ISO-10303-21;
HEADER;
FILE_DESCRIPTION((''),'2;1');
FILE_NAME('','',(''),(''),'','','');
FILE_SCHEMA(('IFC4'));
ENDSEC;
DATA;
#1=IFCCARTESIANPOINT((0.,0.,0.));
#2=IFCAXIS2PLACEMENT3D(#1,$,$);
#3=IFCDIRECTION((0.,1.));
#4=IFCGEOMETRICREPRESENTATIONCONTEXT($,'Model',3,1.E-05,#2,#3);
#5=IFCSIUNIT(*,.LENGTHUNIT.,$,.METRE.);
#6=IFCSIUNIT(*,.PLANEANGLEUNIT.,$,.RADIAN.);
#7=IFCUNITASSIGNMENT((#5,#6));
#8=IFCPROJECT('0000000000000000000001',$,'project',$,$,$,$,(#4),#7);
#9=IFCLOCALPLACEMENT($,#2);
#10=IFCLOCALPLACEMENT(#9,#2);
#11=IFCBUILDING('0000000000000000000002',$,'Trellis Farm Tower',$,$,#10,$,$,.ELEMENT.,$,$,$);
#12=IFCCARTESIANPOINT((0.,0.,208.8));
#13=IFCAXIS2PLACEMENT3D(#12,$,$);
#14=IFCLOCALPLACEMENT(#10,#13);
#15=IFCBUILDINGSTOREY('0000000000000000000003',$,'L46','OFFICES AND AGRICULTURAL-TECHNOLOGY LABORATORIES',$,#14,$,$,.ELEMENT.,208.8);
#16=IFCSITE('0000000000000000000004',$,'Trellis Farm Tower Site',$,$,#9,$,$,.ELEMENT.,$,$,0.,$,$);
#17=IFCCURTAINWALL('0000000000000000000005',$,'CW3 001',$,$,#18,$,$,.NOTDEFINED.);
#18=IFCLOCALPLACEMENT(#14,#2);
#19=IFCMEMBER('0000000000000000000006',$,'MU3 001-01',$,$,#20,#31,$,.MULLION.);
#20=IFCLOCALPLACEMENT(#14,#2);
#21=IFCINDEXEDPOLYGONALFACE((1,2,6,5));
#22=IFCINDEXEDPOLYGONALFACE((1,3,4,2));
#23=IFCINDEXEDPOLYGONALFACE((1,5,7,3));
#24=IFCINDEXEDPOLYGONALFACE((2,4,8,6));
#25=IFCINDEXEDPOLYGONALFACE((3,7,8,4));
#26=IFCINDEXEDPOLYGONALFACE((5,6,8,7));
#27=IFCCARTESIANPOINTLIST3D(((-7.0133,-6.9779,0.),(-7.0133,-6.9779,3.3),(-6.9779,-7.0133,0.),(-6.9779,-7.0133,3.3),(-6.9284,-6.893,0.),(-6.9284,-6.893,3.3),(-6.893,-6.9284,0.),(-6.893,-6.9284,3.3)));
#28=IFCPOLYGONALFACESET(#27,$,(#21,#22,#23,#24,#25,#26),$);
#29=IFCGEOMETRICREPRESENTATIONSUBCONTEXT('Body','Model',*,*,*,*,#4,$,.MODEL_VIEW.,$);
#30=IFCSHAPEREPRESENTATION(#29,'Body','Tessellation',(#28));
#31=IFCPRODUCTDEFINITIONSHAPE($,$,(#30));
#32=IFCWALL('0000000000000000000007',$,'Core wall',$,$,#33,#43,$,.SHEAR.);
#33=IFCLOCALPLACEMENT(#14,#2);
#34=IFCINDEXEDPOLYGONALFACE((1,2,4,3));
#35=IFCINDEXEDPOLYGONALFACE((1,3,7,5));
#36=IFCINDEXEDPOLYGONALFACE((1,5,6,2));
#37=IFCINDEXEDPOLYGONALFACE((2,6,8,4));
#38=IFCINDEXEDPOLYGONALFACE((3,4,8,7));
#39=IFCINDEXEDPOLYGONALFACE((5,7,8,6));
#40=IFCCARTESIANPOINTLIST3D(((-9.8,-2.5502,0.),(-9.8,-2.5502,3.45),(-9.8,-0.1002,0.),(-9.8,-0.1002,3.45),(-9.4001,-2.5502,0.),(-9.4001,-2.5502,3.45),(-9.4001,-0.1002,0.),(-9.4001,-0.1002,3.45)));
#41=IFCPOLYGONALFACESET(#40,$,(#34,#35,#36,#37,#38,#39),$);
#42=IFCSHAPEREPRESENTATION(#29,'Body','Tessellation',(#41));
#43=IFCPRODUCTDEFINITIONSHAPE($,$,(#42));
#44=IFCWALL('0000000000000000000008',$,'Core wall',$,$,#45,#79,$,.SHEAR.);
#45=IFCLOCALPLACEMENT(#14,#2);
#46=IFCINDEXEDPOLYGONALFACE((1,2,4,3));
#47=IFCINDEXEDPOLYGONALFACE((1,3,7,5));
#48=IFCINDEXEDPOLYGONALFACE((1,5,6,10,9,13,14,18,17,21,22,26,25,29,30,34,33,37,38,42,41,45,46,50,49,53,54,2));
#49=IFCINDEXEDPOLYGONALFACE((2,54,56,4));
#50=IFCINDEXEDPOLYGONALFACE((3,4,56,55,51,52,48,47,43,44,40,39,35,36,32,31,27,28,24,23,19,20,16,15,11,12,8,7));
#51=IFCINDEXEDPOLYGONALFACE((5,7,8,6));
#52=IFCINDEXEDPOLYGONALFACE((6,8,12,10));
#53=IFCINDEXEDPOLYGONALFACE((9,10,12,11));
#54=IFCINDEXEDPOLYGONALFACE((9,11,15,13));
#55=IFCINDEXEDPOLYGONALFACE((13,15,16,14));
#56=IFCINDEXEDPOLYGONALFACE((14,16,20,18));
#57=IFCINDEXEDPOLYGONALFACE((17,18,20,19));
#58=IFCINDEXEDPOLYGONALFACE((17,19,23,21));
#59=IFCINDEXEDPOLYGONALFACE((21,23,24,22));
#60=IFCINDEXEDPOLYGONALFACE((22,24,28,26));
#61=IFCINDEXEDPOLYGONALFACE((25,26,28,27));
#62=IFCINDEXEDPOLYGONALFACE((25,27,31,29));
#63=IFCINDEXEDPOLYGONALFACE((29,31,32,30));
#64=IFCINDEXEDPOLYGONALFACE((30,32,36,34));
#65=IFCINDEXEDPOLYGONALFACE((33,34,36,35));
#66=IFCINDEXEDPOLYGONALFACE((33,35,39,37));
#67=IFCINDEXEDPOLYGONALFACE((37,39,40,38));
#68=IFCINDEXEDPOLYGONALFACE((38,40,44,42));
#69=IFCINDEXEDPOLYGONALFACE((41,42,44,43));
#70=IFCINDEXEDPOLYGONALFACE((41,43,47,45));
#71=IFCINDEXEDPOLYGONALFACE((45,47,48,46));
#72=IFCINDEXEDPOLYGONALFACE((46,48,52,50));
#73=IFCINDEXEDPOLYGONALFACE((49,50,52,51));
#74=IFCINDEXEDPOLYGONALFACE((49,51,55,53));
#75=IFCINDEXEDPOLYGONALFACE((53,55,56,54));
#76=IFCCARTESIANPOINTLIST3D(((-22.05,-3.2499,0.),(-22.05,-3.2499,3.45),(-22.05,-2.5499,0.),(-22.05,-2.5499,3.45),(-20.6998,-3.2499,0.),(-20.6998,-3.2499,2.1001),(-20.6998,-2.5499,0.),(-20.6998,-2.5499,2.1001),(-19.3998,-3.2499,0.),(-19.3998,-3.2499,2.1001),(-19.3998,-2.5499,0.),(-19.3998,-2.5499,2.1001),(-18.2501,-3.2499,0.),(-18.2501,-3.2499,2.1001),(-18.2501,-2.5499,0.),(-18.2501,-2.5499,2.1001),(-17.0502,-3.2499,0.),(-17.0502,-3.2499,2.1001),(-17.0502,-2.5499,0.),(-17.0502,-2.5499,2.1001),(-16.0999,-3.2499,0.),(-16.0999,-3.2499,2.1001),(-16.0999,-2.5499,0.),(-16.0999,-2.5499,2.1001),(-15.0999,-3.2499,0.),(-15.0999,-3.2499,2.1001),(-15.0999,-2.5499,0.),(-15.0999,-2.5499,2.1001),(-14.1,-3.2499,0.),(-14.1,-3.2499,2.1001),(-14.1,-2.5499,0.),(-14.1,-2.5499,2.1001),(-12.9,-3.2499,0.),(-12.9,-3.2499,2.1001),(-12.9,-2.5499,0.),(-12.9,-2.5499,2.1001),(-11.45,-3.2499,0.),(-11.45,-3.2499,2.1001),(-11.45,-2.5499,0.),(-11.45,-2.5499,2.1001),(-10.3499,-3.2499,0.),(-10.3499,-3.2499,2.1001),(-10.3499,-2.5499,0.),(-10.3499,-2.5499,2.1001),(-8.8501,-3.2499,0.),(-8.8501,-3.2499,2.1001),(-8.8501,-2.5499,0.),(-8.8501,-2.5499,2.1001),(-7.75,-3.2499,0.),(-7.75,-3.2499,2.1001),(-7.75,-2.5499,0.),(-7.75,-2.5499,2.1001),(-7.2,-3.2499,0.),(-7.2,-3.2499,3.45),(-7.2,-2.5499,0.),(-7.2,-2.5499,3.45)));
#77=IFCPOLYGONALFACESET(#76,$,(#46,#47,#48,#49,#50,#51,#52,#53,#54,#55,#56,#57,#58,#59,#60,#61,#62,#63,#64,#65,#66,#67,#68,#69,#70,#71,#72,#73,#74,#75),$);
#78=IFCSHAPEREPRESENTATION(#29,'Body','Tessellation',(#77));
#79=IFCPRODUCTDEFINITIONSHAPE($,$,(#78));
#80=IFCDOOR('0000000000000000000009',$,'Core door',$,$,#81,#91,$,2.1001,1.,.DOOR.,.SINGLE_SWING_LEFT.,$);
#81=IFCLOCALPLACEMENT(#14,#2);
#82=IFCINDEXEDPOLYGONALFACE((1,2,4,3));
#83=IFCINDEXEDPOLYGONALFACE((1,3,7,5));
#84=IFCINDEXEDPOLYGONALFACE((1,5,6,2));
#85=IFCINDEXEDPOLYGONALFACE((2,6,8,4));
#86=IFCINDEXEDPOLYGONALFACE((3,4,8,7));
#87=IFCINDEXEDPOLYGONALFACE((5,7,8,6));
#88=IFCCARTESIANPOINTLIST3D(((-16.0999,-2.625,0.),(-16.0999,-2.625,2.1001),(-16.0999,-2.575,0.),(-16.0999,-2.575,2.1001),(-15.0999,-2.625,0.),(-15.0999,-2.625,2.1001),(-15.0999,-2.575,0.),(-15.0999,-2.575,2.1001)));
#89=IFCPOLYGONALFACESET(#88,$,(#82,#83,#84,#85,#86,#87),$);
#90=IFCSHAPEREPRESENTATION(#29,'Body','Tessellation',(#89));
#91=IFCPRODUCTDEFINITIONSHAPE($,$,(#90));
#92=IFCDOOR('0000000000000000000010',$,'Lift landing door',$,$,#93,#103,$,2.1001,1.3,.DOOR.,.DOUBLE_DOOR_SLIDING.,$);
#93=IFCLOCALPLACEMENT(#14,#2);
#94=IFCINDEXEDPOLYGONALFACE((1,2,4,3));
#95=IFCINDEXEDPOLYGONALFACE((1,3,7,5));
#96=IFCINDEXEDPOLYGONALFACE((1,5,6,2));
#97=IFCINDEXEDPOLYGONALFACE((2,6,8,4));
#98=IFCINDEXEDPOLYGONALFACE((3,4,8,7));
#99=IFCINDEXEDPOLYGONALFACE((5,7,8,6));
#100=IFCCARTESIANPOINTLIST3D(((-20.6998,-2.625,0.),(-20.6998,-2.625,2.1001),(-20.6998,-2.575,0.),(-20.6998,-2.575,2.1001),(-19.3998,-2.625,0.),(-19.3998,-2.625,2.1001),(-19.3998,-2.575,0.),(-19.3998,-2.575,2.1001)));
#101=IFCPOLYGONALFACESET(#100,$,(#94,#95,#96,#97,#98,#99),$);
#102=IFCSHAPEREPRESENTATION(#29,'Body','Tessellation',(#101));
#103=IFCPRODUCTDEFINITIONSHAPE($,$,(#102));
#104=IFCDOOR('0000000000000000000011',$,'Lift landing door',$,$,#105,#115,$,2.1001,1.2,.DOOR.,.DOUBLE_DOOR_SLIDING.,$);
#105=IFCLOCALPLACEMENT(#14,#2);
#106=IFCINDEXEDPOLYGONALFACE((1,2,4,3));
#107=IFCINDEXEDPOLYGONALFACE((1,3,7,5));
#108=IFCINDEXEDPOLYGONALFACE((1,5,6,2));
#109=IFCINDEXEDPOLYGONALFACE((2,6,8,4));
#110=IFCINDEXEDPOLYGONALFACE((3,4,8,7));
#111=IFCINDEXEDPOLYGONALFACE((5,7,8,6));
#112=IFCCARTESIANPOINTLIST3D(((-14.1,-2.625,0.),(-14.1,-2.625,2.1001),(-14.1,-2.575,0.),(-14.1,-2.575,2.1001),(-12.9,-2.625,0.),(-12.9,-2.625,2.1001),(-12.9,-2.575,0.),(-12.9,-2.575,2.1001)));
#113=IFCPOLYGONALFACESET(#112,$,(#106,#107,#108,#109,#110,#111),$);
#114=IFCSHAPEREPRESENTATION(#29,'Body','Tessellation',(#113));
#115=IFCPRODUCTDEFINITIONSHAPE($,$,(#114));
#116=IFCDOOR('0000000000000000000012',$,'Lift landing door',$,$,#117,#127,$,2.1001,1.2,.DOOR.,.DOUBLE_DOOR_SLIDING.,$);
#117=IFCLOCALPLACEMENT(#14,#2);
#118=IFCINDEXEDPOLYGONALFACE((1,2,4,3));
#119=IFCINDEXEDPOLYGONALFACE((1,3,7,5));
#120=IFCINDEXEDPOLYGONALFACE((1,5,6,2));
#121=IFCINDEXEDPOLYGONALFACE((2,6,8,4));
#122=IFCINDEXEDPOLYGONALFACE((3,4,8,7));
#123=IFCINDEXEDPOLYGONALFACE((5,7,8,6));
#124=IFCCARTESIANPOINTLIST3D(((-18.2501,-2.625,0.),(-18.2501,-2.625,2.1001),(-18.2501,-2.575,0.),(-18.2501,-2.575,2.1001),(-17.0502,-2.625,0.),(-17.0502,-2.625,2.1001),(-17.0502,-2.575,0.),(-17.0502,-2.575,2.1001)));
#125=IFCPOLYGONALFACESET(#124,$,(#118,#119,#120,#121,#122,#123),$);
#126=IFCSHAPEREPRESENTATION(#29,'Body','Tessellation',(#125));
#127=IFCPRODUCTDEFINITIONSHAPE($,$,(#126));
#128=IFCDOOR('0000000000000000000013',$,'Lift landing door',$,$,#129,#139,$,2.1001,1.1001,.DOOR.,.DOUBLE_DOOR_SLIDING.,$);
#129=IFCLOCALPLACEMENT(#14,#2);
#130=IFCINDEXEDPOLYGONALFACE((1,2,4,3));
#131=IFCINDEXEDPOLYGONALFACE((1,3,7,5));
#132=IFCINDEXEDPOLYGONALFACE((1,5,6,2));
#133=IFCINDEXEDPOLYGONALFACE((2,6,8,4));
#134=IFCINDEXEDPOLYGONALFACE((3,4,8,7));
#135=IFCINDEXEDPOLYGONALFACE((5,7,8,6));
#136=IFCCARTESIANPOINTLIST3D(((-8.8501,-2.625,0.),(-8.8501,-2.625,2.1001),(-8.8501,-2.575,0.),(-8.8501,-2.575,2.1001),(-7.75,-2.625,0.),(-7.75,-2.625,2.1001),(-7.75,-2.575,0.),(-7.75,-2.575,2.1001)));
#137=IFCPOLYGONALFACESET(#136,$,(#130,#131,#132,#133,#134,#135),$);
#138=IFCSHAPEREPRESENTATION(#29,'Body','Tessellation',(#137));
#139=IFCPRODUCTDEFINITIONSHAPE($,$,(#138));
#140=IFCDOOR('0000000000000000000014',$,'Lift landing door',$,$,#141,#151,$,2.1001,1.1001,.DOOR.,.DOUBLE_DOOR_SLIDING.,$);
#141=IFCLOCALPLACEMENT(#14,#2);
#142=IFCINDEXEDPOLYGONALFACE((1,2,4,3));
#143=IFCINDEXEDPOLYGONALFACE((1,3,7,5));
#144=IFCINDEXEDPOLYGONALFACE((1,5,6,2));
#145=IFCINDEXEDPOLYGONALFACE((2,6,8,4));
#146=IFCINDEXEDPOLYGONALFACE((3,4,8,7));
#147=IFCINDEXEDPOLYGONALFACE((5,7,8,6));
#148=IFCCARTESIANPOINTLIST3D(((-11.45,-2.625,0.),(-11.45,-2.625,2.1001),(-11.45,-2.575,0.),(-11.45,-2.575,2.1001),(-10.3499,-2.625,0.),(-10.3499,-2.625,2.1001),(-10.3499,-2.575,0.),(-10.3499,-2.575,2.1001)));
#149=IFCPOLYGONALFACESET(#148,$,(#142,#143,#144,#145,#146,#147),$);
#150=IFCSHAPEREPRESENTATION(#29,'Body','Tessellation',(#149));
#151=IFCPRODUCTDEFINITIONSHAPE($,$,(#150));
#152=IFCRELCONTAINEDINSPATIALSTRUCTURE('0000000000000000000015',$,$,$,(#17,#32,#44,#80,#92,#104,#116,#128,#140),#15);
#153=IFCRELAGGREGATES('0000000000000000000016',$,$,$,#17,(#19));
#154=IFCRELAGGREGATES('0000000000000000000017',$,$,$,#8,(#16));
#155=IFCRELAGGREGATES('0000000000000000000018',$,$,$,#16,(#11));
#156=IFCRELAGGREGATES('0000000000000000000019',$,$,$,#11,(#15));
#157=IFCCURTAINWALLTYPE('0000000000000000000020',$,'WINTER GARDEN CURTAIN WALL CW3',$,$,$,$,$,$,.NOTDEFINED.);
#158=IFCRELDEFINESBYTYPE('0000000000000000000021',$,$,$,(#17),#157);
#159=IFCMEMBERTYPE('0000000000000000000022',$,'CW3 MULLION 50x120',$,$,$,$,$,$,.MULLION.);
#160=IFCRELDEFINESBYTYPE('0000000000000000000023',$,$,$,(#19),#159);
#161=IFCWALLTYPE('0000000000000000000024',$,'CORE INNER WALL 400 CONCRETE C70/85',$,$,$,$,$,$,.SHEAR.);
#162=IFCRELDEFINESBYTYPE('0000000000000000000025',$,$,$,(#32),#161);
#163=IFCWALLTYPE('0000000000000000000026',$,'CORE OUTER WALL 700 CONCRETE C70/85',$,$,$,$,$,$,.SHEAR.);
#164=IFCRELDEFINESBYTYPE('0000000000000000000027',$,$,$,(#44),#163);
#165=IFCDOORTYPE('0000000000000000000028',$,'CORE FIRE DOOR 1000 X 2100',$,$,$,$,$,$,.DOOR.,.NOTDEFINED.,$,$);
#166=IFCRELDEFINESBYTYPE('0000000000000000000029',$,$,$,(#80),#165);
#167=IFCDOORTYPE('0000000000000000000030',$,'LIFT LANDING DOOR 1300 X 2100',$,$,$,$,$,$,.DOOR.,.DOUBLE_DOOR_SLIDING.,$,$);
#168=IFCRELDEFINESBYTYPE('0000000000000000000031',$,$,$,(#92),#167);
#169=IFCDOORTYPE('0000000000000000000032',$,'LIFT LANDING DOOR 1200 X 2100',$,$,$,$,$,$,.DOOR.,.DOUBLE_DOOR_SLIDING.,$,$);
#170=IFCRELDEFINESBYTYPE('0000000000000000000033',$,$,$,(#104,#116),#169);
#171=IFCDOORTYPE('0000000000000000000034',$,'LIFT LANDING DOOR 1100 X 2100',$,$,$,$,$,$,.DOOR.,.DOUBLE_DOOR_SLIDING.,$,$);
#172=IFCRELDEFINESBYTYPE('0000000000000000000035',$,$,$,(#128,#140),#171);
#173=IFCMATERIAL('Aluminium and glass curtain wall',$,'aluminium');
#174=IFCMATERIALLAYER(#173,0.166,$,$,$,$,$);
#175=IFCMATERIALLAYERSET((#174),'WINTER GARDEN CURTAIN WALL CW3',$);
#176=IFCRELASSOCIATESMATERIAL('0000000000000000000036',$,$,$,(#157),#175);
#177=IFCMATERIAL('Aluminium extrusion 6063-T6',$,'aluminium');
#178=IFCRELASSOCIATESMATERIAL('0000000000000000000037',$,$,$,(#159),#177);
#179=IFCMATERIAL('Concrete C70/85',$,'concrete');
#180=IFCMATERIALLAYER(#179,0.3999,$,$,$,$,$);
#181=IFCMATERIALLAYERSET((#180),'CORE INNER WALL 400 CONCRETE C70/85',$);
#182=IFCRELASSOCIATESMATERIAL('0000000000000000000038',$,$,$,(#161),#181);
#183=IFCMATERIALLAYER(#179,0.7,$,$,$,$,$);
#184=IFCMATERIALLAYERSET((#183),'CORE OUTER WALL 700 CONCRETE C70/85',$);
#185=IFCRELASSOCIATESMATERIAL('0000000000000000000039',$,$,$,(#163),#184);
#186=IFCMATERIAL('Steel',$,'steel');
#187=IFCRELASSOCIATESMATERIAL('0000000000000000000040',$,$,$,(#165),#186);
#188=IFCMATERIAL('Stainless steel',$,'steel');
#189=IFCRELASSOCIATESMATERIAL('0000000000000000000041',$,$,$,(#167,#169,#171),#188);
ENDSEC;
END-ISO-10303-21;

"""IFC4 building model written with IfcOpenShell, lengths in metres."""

from ifc_helpers import new_model, si_unit, direction, frame, frame_2d, origin, origin_2d, place, context, subcontext, project, spatial, rectangle, extrude, source, transform, mapped, material, layer, layer_set, material_profile, profile_set, type_object, element, fill, aggregate, save


model = new_model("IFC4")

# Units and contexts
model_context = context("Model", 3, precision=1e-05, world=origin(), true_north=direction((0.0, 1.0)))
body_context = subcontext(model_context, "Body", "Model", "MODEL_VIEW")
ifc_project = project(units=[si_unit("LENGTHUNIT", "METRE"), si_unit("PLANEANGLEUNIT", "RADIAN")], contexts=[model_context])

# Site, building, storey
site_placement = place(None, origin())
site = spatial("IfcSite", under=ifc_project, at=site_placement, Name="Trellis Farm Tower Site", CompositionType="ELEMENT", RefElevation=0.0)
building_placement = place(site_placement, origin())
building = spatial("IfcBuilding", under=site, at=building_placement, Name="Trellis Farm Tower", CompositionType="ELEMENT")
storey_placement = place(building_placement, frame((0.0, 0.0, 208.8)))
storey = spatial("IfcBuildingStorey", under=building, at=storey_placement, Name="L46", Description="OFFICES AND AGRICULTURAL-TECHNOLOGY LABORATORIES", CompositionType="ELEMENT", Elevation=208.8)

# Shared definitions
ifc_material_1 = material(Name="Concrete C70/85", Category="concrete")

# Shared definitions
ifc_material_2 = material(Name="Aluminium and glass curtain wall", Category="aluminium")
placement = place(storey_placement, origin())
ifc_material_3 = material(Name="Aluminium extrusion 6063-T6", Category="aluminium")

# Curtain wall, member
ifc_layer_1 = layer(ifc_material_2, 0.166)
ifc_layer_set_1 = layer_set([ifc_layer_1], Name="WINTER GARDEN CURTAIN WALL CW3")
curtain_wall_type_1 = type_object("IfcCurtainWallType", Name="WINTER GARDEN CURTAIN WALL CW3", PredefinedType="NOTDEFINED", material=ifc_layer_set_1)
curtain_wall_1 = element("IfcCurtainWall", 1, at=placement, inside=storey, type_object=curtain_wall_type_1, Name="CW3 001", PredefinedType="NOTDEFINED")
ifc_material_profile_1 = material_profile(ifc_material_3, rectangle(XDim=0.05, YDim=0.1201, at=origin_2d()), Name="MULLION 50x120")
ifc_profile_set_1 = profile_set([ifc_material_profile_1], Name="Aluminium extrusion 6063-T6")
member_type_1 = type_object("IfcMemberType", Name="CW3 MULLION 50x120", PredefinedType="MULLION", material=ifc_profile_set_1)
shared_shape_1 = source(origin(), body_context, "Body", "SweptSolid", [
    extrude(rectangle(XDim=0.05, YDim=0.1201, at=origin_2d()), origin(), (0.0, 0.0, 1.0), 3.3),
])
member_1_placement = place(storey_placement, frame((-6.9531, -6.9531, 0.0), z_axis=(0.0, 0.0, 1.0), x_axis=(0.707107, -0.707107, 0.0)))
member_1 = element("IfcMember", 2, at=member_1_placement, type_object=member_type_1, Name="MU3 001-01", PredefinedType="MULLION", context=body_context, shape_type="MappedRepresentation", body=[
    mapped(shared_shape_1, transform((0.0, 0.0, 0.0))),
])
aggregate(curtain_wall_1, [member_1])

# Wall
ifc_layer_2 = layer(ifc_material_1, 0.3999)
ifc_layer_set_2 = layer_set([ifc_layer_2], Name="CORE INNER WALL 400 CONCRETE C70/85")
wall_type_1 = type_object("IfcWallType", Name="CORE INNER WALL 400 CONCRETE C70/85", PredefinedType="SHEAR", material=ifc_layer_set_2)
shared_shape_2 = source(origin(), body_context, "Body", "SweptSolid", [
    extrude(rectangle(XDim=2.45, YDim=0.3999, at=frame_2d((1.2251, 0.0))), origin(), (0.0, 0.0, 1.0), 3.45),
])
wall_1_placement = place(storey_placement, frame((-9.6001, -0.1001, 0.0), z_axis=(0.0, 0.0, 1.0), x_axis=(0.0, -1.0, 0.0)))
element("IfcWall", 3, at=wall_1_placement, inside=storey, type_object=wall_type_1, Name="Core wall", PredefinedType="SHEAR", context=body_context, shape_type="MappedRepresentation", body=[
    mapped(shared_shape_2, transform((0.0, 0.0, 0.0))),
])

# Wall, openings, doors
ifc_layer_3 = layer(ifc_material_1, 0.7)
ifc_layer_set_3 = layer_set([ifc_layer_3], Name="CORE OUTER WALL 700 CONCRETE C70/85")
wall_type_2 = type_object("IfcWallType", Name="CORE OUTER WALL 700 CONCRETE C70/85", PredefinedType="SHEAR", material=ifc_layer_set_3)
shared_shape_3 = source(origin(), body_context, "Body", "SweptSolid", [
    extrude(rectangle(XDim=14.8501, YDim=0.7, at=frame_2d((7.425, 0.0))), origin(), (0.0, 0.0, 1.0), 3.45),
])
wall_2_placement = place(storey_placement, frame((-7.2, -2.8999, 0.0), z_axis=(0.0, 0.0, 1.0), x_axis=(-1.0, 0.0, 0.0)))
wall_2 = element("IfcWall", 4, at=wall_2_placement, inside=storey, type_object=wall_type_2, Name="Core wall", PredefinedType="SHEAR", context=body_context, shape_type="MappedRepresentation", body=[
    mapped(shared_shape_3, transform((0.0, 0.0, 0.0))),
])
shared_shape_4 = source(origin(), body_context, "Body", "SweptSolid", [
    extrude(rectangle(XDim=1.1001, YDim=2.1001, at=frame_2d((0.55, 1.05))), frame((0.0, 0.3601, 0.0), z_axis=(0.0, -1.0, 0.0), x_axis=(1.0, 0.0, 0.0)), (0.0, 0.0, 1.0), 0.7202),
])
opening_1_placement = place(wall_2_placement, frame((0.55, 0.0, 0.0)))
opening_1 = element("IfcOpeningElement", 5, at=opening_1_placement, cuts=wall_2, PredefinedType="OPENING", context=body_context, shape_type="MappedRepresentation", body=[
    mapped(shared_shape_4, transform((0.0, 0.0, 0.0))),
])
opening_2_placement = place(wall_2_placement, frame((3.1499, 0.0, 0.0)))
opening_2 = element("IfcOpeningElement", 6, at=opening_2_placement, cuts=wall_2, PredefinedType="OPENING", context=body_context, shape_type="MappedRepresentation", body=[
    mapped(shared_shape_4, transform((0.0, 0.0, 0.0))),
])
shared_shape_5 = source(origin(), body_context, "Body", "SweptSolid", [
    extrude(rectangle(XDim=1.2, YDim=2.1001, at=frame_2d((0.6001, 1.05))), frame((0.0, 0.3601, 0.0), z_axis=(0.0, -1.0, 0.0), x_axis=(1.0, 0.0, 0.0)), (0.0, 0.0, 1.0), 0.7202),
])
opening_3_placement = place(wall_2_placement, frame((5.7, 0.0, 0.0)))
opening_3 = element("IfcOpeningElement", 7, at=opening_3_placement, cuts=wall_2, PredefinedType="OPENING", context=body_context, shape_type="MappedRepresentation", body=[
    mapped(shared_shape_5, transform((0.0, 0.0, 0.0))),
])
shared_shape_6 = source(origin(), body_context, "Body", "SweptSolid", [
    extrude(rectangle(XDim=1.3, YDim=2.1001, at=frame_2d((0.6499, 1.05))), frame((0.0, 0.3601, 0.0), z_axis=(0.0, -1.0, 0.0), x_axis=(1.0, 0.0, 0.0)), (0.0, 0.0, 1.0), 0.7202),
])
opening_4_placement = place(wall_2_placement, frame((12.2, 0.0, 0.0)))
opening_4 = element("IfcOpeningElement", 8, at=opening_4_placement, cuts=wall_2, PredefinedType="OPENING", context=body_context, shape_type="MappedRepresentation", body=[
    mapped(shared_shape_6, transform((0.0, 0.0, 0.0))),
])
opening_5_placement = place(wall_2_placement, frame((9.8501, 0.0, 0.0)))
opening_5 = element("IfcOpeningElement", 9, at=opening_5_placement, cuts=wall_2, PredefinedType="OPENING", context=body_context, shape_type="MappedRepresentation", body=[
    mapped(shared_shape_5, transform((0.0, 0.0, 0.0))),
])
shared_shape_7 = source(origin(), body_context, "Body", "SweptSolid", [
    extrude(rectangle(XDim=1.0, YDim=2.1001, at=frame_2d((0.5, 1.05))), frame((0.0, 0.3601, 0.0), z_axis=(0.0, -1.0, 0.0), x_axis=(1.0, 0.0, 0.0)), (0.0, 0.0, 1.0), 0.7202),
])
opening_6_placement = place(wall_2_placement, frame((7.8999, 0.0, 0.0)))
opening_6 = element("IfcOpeningElement", 10, at=opening_6_placement, cuts=wall_2, PredefinedType="OPENING", context=body_context, shape_type="MappedRepresentation", body=[
    mapped(shared_shape_7, transform((0.0, 0.0, 0.0))),
])
ifc_material_4 = material(Name="Steel", Category="steel")
door_type_1 = type_object("IfcDoorType", Name="CORE FIRE DOOR 1000 X 2100", OperationType="NOTDEFINED", PredefinedType="DOOR", material=ifc_material_4)
shared_shape_8 = source(origin(), body_context, "Body", "SweptSolid", [
    extrude(rectangle(XDim=1.0, YDim=2.1001, at=frame_2d((0.5, 1.05))), frame((0.0, -0.2749, 0.0), z_axis=(0.0, -1.0, 0.0), x_axis=(1.0, 0.0, 0.0)), (0.0, 0.0, 1.0), 0.05),
])
door_1_placement = place(opening_6_placement, origin())
door_1 = element("IfcDoor", 11, at=door_1_placement, inside=storey, type_object=door_type_1, Name="Core door", OperationType="SINGLE_SWING_LEFT", OverallHeight=2.1001, OverallWidth=1.0, PredefinedType="DOOR", context=body_context, shape_type="MappedRepresentation", body=[
    mapped(shared_shape_8, transform((0.0, 0.0, 0.0))),
])
fill(opening_6, door_1)
ifc_material_5 = material(Name="Stainless steel", Category="steel")
door_type_2 = type_object("IfcDoorType", Name="LIFT LANDING DOOR 1300 X 2100", OperationType="DOUBLE_DOOR_SLIDING", PredefinedType="DOOR", material=ifc_material_5)
shared_shape_9 = source(origin(), body_context, "Body", "SweptSolid", [
    extrude(rectangle(XDim=1.3, YDim=2.1001, at=frame_2d((0.6499, 1.05))), frame((0.0, -0.2749, 0.0), z_axis=(0.0, -1.0, 0.0), x_axis=(1.0, 0.0, 0.0)), (0.0, 0.0, 1.0), 0.05),
])
door_2_placement = place(opening_4_placement, origin())
door_2 = element("IfcDoor", 12, at=door_2_placement, inside=storey, type_object=door_type_2, Name="Lift landing door", OperationType="DOUBLE_DOOR_SLIDING", OverallHeight=2.1001, OverallWidth=1.3, PredefinedType="DOOR", context=body_context, shape_type="MappedRepresentation", body=[
    mapped(shared_shape_9, transform((0.0, 0.0, 0.0))),
])
fill(opening_4, door_2)
door_type_3 = type_object("IfcDoorType", Name="LIFT LANDING DOOR 1200 X 2100", OperationType="DOUBLE_DOOR_SLIDING", PredefinedType="DOOR", material=ifc_material_5)
shared_shape_10 = source(origin(), body_context, "Body", "SweptSolid", [
    extrude(rectangle(XDim=1.2, YDim=2.1001, at=frame_2d((0.6001, 1.05))), frame((0.0, -0.2749, 0.0), z_axis=(0.0, -1.0, 0.0), x_axis=(1.0, 0.0, 0.0)), (0.0, 0.0, 1.0), 0.05),
])
door_3_placement = place(opening_3_placement, origin())
door_3 = element("IfcDoor", 13, at=door_3_placement, inside=storey, type_object=door_type_3, Name="Lift landing door", OperationType="DOUBLE_DOOR_SLIDING", OverallHeight=2.1001, OverallWidth=1.2, PredefinedType="DOOR", context=body_context, shape_type="MappedRepresentation", body=[
    mapped(shared_shape_10, transform((0.0, 0.0, 0.0))),
])
fill(opening_3, door_3)
door_4_placement = place(opening_5_placement, origin())
door_4 = element("IfcDoor", 14, at=door_4_placement, inside=storey, type_object=door_type_3, Name="Lift landing door", OperationType="DOUBLE_DOOR_SLIDING", OverallHeight=2.1001, OverallWidth=1.2, PredefinedType="DOOR", context=body_context, shape_type="MappedRepresentation", body=[
    mapped(shared_shape_10, transform((0.0, 0.0, 0.0))),
])
fill(opening_5, door_4)
door_type_4 = type_object("IfcDoorType", Name="LIFT LANDING DOOR 1100 X 2100", OperationType="DOUBLE_DOOR_SLIDING", PredefinedType="DOOR", material=ifc_material_5)
shared_shape_11 = source(origin(), body_context, "Body", "SweptSolid", [
    extrude(rectangle(XDim=1.1001, YDim=2.1001, at=frame_2d((0.55, 1.05))), frame((0.0, -0.2749, 0.0), z_axis=(0.0, -1.0, 0.0), x_axis=(1.0, 0.0, 0.0)), (0.0, 0.0, 1.0), 0.05),
])
door_5_placement = place(opening_1_placement, origin())
door_5 = element("IfcDoor", 15, at=door_5_placement, inside=storey, type_object=door_type_4, Name="Lift landing door", OperationType="DOUBLE_DOOR_SLIDING", OverallHeight=2.1001, OverallWidth=1.1001, PredefinedType="DOOR", context=body_context, shape_type="MappedRepresentation", body=[
    mapped(shared_shape_11, transform((0.0, 0.0, 0.0))),
])
fill(opening_1, door_5)
door_6_placement = place(opening_2_placement, origin())
door_6 = element("IfcDoor", 16, at=door_6_placement, inside=storey, type_object=door_type_4, Name="Lift landing door", OperationType="DOUBLE_DOOR_SLIDING", OverallHeight=2.1001, OverallWidth=1.1001, PredefinedType="DOOR", context=body_context, shape_type="MappedRepresentation", body=[
    mapped(shared_shape_11, transform((0.0, 0.0, 0.0))),
])
fill(opening_2, door_6)

save(model, "model.ifc")
